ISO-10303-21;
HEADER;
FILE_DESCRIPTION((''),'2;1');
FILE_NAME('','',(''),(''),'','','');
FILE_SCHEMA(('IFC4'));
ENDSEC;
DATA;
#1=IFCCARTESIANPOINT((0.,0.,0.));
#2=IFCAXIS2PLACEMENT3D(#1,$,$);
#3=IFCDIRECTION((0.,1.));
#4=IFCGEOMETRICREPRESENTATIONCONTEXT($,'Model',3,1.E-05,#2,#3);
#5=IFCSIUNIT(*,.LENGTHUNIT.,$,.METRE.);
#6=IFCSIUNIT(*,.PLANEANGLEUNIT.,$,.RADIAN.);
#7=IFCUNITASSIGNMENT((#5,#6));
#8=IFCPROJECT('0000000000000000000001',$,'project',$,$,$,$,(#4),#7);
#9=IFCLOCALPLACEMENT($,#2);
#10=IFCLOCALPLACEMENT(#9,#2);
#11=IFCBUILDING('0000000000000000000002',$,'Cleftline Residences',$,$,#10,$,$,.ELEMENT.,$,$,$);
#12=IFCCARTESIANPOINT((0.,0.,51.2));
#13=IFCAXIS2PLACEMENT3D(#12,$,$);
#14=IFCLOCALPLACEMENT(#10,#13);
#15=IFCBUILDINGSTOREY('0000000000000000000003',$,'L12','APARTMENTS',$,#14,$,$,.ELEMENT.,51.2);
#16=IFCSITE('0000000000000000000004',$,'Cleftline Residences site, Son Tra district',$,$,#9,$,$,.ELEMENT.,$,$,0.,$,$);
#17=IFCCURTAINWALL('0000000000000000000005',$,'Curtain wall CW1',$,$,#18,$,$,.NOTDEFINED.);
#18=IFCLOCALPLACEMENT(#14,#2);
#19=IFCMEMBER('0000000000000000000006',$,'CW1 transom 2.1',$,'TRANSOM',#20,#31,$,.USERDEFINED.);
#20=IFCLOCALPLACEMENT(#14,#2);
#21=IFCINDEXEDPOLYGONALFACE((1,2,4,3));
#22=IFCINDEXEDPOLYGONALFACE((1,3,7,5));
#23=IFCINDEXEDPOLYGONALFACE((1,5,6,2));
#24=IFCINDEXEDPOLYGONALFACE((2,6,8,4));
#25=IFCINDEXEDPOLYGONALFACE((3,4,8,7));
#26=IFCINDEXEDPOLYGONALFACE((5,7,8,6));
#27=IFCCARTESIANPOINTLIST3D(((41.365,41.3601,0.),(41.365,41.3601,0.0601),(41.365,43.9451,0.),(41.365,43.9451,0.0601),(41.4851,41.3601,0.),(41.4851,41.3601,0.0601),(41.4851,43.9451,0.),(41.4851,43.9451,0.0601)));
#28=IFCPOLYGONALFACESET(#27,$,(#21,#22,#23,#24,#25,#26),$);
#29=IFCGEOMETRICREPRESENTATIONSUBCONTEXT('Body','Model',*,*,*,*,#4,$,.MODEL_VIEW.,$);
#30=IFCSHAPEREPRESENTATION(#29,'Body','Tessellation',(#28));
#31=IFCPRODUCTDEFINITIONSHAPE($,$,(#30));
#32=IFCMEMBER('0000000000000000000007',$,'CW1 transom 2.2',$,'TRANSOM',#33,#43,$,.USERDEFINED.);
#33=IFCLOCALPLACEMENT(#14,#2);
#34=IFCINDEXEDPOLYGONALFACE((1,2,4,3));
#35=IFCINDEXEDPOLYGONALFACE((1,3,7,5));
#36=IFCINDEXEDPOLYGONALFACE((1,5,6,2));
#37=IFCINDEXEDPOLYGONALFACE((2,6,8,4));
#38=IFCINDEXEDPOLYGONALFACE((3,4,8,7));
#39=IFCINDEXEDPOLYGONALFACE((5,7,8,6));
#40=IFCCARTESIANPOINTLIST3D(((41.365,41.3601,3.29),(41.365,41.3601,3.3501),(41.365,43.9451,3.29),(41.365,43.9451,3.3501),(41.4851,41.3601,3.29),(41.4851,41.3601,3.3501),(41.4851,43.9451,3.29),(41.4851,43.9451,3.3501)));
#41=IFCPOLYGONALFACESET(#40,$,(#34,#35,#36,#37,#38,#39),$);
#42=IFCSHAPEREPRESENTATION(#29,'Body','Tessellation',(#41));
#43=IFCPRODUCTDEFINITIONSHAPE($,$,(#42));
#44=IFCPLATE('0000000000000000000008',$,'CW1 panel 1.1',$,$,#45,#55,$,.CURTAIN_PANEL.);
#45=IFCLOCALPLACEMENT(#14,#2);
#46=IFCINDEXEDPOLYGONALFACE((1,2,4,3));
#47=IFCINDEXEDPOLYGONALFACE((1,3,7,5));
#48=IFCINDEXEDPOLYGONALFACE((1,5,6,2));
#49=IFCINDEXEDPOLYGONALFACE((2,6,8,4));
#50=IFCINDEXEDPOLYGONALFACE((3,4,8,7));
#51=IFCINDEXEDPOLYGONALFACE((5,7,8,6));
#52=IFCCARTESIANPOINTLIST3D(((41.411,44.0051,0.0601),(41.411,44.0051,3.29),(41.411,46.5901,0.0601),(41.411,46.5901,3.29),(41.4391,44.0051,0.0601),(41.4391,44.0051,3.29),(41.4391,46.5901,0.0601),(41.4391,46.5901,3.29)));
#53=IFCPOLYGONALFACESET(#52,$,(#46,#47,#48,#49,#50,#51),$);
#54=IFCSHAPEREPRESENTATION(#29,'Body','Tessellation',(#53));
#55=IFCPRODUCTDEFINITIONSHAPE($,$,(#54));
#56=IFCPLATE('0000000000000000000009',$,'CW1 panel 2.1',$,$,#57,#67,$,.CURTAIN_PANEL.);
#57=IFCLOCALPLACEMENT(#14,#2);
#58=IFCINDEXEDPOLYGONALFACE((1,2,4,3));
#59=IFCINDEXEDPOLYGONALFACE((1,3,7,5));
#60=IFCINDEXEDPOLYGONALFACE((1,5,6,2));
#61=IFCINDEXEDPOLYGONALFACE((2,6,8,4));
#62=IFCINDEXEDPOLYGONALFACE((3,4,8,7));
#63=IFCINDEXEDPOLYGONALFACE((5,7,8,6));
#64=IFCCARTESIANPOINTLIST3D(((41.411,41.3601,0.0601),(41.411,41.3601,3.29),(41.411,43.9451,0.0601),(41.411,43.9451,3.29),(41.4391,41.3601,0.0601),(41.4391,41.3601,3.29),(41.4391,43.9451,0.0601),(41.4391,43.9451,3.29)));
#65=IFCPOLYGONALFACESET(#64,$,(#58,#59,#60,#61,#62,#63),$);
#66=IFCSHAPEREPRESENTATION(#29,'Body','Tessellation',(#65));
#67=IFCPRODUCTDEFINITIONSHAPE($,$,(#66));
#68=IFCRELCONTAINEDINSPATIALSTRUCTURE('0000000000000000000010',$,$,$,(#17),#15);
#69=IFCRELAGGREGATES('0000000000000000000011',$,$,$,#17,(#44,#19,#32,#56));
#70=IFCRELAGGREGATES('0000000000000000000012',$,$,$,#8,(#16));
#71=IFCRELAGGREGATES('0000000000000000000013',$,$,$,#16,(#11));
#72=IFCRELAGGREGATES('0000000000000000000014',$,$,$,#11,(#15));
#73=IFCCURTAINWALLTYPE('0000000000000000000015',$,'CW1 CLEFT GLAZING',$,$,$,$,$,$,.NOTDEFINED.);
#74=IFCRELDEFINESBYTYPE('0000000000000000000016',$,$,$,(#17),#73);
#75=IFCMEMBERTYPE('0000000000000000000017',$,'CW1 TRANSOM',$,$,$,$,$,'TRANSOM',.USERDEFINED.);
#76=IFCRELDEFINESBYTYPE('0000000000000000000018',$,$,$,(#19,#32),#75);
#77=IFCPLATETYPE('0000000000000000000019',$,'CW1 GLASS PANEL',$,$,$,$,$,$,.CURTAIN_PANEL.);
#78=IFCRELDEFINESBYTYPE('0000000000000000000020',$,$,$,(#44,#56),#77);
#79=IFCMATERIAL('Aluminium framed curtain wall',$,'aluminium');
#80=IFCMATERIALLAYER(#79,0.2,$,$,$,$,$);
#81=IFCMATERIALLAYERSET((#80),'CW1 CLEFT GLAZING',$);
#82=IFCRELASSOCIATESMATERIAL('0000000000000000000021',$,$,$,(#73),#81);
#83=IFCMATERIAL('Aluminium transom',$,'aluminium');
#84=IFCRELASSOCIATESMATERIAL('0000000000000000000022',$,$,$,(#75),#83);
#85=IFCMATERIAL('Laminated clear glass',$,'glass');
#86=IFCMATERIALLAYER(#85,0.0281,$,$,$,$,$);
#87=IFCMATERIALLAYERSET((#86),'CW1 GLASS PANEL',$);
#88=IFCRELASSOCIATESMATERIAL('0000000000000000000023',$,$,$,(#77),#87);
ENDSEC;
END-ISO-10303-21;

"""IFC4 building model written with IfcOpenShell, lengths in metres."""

from ifc_helpers import new_model, si_unit, direction, frame, origin, origin_2d, place, context, subcontext, project, spatial, rectangle, extrude, material, layer, layer_set, material_profile, profile_set, type_object, element, aggregate, save


model = new_model("IFC4")

# Units and contexts
model_context = context("Model", 3, precision=1e-05, world=origin(), true_north=direction((0.0, 1.0)))
body_context = subcontext(model_context, "Body", "Model", "MODEL_VIEW")
ifc_project = project(units=[si_unit("LENGTHUNIT", "METRE"), si_unit("PLANEANGLEUNIT", "RADIAN")], contexts=[model_context])

# Site, building, storey
site_placement = place(None, origin())
site = spatial("IfcSite", under=ifc_project, at=site_placement, Name="Cleftline Residences site, Son Tra district", CompositionType="ELEMENT", RefElevation=0.0)
building_placement = place(site_placement, origin())
building = spatial("IfcBuilding", under=site, at=building_placement, Name="Cleftline Residences", CompositionType="ELEMENT")
storey_placement = place(building_placement, frame((0.0, 0.0, 51.2)))
storey = spatial("IfcBuildingStorey", under=building, at=storey_placement, Name="L12", Description="APARTMENTS", CompositionType="ELEMENT", Elevation=51.2)

# Curtain wall, members, plates
ifc_material_1 = material(Name="Aluminium framed curtain wall", Category="aluminium")
ifc_layer_1 = layer(ifc_material_1, 0.2)
ifc_layer_set_1 = layer_set([ifc_layer_1], Name="CW1 CLEFT GLAZING")
curtain_wall_type = type_object("IfcCurtainWallType", Name="CW1 CLEFT GLAZING", PredefinedType="NOTDEFINED", material=ifc_layer_set_1)
curtain_wall_placement = place(storey_placement, origin())
curtain_wall = element("IfcCurtainWall", 1, at=curtain_wall_placement, inside=storey, type_object=curtain_wall_type, Name="Curtain wall CW1", PredefinedType="NOTDEFINED")
ifc_material_2 = material(Name="Aluminium transom", Category="aluminium")
ifc_material_profile_1 = material_profile(ifc_material_2, rectangle(XDim=0.1201, YDim=0.0601, at=origin_2d()))
ifc_profile_set_1 = profile_set([ifc_material_profile_1], Name="Aluminium transom")
member_type_1 = type_object("IfcMemberType", Name="CW1 TRANSOM", ElementType="TRANSOM", PredefinedType="USERDEFINED", material=ifc_profile_set_1)
member_1_placement = place(storey_placement, frame((41.425, 43.9451, 0.03), z_axis=(0.0, -1.0, 0.0), x_axis=(1.0, 0.0, 0.0)))
member_1 = element("IfcMember", 2, at=member_1_placement, type_object=member_type_1, Name="CW1 transom 2.1", ObjectType="TRANSOM", PredefinedType="USERDEFINED", context=body_context, shape_type="SweptSolid", body=[
    extrude(rectangle(XDim=0.1201, YDim=0.0601, at=origin_2d()), origin(), (0.0, 0.0, 1.0), 2.585),
])
member_2_placement = place(storey_placement, frame((41.425, 43.9451, 3.3201), z_axis=(0.0, -1.0, 0.0), x_axis=(1.0, 0.0, 0.0)))
member_2 = element("IfcMember", 3, at=member_2_placement, type_object=member_type_1, Name="CW1 transom 2.2", ObjectType="TRANSOM", PredefinedType="USERDEFINED", context=body_context, shape_type="SweptSolid", body=[
    extrude(rectangle(XDim=0.1201, YDim=0.0601, at=origin_2d()), origin(), (0.0, 0.0, 1.0), 2.585),
])
ifc_material_3 = material(Name="Laminated clear glass", Category="glass")
ifc_layer_2 = layer(ifc_material_3, 0.0281)
ifc_layer_set_2 = layer_set([ifc_layer_2], Name="CW1 GLASS PANEL")
plate_type = type_object("IfcPlateType", Name="CW1 GLASS PANEL", PredefinedType="CURTAIN_PANEL", material=ifc_layer_set_2)
plate_1_placement = place(storey_placement, frame((41.425, 45.2976, 0.0601), z_axis=(0.0, 0.0, 1.0), x_axis=(0.0, -1.0, 0.0)))
plate_1 = element("IfcPlate", 4, at=plate_1_placement, type_object=plate_type, Name="CW1 panel 1.1", PredefinedType="CURTAIN_PANEL", context=body_context, shape_type="SweptSolid", body=[
    extrude(rectangle(XDim=2.585, YDim=0.0281, at=origin_2d()), origin(), (0.0, 0.0, 1.0), 3.23),
])
plate_2_placement = place(storey_placement, frame((41.425, 42.6526, 0.0601), z_axis=(0.0, 0.0, 1.0), x_axis=(0.0, -1.0, 0.0)))
plate_2 = element("IfcPlate", 5, at=plate_2_placement, type_object=plate_type, Name="CW1 panel 2.1", PredefinedType="CURTAIN_PANEL", context=body_context, shape_type="SweptSolid", body=[
    extrude(rectangle(XDim=2.585, YDim=0.0281, at=origin_2d()), origin(), (0.0, 0.0, 1.0), 3.23),
])
aggregate(curtain_wall, [plate_1, member_1, member_2, plate_2])

save(model, "model.ifc")
